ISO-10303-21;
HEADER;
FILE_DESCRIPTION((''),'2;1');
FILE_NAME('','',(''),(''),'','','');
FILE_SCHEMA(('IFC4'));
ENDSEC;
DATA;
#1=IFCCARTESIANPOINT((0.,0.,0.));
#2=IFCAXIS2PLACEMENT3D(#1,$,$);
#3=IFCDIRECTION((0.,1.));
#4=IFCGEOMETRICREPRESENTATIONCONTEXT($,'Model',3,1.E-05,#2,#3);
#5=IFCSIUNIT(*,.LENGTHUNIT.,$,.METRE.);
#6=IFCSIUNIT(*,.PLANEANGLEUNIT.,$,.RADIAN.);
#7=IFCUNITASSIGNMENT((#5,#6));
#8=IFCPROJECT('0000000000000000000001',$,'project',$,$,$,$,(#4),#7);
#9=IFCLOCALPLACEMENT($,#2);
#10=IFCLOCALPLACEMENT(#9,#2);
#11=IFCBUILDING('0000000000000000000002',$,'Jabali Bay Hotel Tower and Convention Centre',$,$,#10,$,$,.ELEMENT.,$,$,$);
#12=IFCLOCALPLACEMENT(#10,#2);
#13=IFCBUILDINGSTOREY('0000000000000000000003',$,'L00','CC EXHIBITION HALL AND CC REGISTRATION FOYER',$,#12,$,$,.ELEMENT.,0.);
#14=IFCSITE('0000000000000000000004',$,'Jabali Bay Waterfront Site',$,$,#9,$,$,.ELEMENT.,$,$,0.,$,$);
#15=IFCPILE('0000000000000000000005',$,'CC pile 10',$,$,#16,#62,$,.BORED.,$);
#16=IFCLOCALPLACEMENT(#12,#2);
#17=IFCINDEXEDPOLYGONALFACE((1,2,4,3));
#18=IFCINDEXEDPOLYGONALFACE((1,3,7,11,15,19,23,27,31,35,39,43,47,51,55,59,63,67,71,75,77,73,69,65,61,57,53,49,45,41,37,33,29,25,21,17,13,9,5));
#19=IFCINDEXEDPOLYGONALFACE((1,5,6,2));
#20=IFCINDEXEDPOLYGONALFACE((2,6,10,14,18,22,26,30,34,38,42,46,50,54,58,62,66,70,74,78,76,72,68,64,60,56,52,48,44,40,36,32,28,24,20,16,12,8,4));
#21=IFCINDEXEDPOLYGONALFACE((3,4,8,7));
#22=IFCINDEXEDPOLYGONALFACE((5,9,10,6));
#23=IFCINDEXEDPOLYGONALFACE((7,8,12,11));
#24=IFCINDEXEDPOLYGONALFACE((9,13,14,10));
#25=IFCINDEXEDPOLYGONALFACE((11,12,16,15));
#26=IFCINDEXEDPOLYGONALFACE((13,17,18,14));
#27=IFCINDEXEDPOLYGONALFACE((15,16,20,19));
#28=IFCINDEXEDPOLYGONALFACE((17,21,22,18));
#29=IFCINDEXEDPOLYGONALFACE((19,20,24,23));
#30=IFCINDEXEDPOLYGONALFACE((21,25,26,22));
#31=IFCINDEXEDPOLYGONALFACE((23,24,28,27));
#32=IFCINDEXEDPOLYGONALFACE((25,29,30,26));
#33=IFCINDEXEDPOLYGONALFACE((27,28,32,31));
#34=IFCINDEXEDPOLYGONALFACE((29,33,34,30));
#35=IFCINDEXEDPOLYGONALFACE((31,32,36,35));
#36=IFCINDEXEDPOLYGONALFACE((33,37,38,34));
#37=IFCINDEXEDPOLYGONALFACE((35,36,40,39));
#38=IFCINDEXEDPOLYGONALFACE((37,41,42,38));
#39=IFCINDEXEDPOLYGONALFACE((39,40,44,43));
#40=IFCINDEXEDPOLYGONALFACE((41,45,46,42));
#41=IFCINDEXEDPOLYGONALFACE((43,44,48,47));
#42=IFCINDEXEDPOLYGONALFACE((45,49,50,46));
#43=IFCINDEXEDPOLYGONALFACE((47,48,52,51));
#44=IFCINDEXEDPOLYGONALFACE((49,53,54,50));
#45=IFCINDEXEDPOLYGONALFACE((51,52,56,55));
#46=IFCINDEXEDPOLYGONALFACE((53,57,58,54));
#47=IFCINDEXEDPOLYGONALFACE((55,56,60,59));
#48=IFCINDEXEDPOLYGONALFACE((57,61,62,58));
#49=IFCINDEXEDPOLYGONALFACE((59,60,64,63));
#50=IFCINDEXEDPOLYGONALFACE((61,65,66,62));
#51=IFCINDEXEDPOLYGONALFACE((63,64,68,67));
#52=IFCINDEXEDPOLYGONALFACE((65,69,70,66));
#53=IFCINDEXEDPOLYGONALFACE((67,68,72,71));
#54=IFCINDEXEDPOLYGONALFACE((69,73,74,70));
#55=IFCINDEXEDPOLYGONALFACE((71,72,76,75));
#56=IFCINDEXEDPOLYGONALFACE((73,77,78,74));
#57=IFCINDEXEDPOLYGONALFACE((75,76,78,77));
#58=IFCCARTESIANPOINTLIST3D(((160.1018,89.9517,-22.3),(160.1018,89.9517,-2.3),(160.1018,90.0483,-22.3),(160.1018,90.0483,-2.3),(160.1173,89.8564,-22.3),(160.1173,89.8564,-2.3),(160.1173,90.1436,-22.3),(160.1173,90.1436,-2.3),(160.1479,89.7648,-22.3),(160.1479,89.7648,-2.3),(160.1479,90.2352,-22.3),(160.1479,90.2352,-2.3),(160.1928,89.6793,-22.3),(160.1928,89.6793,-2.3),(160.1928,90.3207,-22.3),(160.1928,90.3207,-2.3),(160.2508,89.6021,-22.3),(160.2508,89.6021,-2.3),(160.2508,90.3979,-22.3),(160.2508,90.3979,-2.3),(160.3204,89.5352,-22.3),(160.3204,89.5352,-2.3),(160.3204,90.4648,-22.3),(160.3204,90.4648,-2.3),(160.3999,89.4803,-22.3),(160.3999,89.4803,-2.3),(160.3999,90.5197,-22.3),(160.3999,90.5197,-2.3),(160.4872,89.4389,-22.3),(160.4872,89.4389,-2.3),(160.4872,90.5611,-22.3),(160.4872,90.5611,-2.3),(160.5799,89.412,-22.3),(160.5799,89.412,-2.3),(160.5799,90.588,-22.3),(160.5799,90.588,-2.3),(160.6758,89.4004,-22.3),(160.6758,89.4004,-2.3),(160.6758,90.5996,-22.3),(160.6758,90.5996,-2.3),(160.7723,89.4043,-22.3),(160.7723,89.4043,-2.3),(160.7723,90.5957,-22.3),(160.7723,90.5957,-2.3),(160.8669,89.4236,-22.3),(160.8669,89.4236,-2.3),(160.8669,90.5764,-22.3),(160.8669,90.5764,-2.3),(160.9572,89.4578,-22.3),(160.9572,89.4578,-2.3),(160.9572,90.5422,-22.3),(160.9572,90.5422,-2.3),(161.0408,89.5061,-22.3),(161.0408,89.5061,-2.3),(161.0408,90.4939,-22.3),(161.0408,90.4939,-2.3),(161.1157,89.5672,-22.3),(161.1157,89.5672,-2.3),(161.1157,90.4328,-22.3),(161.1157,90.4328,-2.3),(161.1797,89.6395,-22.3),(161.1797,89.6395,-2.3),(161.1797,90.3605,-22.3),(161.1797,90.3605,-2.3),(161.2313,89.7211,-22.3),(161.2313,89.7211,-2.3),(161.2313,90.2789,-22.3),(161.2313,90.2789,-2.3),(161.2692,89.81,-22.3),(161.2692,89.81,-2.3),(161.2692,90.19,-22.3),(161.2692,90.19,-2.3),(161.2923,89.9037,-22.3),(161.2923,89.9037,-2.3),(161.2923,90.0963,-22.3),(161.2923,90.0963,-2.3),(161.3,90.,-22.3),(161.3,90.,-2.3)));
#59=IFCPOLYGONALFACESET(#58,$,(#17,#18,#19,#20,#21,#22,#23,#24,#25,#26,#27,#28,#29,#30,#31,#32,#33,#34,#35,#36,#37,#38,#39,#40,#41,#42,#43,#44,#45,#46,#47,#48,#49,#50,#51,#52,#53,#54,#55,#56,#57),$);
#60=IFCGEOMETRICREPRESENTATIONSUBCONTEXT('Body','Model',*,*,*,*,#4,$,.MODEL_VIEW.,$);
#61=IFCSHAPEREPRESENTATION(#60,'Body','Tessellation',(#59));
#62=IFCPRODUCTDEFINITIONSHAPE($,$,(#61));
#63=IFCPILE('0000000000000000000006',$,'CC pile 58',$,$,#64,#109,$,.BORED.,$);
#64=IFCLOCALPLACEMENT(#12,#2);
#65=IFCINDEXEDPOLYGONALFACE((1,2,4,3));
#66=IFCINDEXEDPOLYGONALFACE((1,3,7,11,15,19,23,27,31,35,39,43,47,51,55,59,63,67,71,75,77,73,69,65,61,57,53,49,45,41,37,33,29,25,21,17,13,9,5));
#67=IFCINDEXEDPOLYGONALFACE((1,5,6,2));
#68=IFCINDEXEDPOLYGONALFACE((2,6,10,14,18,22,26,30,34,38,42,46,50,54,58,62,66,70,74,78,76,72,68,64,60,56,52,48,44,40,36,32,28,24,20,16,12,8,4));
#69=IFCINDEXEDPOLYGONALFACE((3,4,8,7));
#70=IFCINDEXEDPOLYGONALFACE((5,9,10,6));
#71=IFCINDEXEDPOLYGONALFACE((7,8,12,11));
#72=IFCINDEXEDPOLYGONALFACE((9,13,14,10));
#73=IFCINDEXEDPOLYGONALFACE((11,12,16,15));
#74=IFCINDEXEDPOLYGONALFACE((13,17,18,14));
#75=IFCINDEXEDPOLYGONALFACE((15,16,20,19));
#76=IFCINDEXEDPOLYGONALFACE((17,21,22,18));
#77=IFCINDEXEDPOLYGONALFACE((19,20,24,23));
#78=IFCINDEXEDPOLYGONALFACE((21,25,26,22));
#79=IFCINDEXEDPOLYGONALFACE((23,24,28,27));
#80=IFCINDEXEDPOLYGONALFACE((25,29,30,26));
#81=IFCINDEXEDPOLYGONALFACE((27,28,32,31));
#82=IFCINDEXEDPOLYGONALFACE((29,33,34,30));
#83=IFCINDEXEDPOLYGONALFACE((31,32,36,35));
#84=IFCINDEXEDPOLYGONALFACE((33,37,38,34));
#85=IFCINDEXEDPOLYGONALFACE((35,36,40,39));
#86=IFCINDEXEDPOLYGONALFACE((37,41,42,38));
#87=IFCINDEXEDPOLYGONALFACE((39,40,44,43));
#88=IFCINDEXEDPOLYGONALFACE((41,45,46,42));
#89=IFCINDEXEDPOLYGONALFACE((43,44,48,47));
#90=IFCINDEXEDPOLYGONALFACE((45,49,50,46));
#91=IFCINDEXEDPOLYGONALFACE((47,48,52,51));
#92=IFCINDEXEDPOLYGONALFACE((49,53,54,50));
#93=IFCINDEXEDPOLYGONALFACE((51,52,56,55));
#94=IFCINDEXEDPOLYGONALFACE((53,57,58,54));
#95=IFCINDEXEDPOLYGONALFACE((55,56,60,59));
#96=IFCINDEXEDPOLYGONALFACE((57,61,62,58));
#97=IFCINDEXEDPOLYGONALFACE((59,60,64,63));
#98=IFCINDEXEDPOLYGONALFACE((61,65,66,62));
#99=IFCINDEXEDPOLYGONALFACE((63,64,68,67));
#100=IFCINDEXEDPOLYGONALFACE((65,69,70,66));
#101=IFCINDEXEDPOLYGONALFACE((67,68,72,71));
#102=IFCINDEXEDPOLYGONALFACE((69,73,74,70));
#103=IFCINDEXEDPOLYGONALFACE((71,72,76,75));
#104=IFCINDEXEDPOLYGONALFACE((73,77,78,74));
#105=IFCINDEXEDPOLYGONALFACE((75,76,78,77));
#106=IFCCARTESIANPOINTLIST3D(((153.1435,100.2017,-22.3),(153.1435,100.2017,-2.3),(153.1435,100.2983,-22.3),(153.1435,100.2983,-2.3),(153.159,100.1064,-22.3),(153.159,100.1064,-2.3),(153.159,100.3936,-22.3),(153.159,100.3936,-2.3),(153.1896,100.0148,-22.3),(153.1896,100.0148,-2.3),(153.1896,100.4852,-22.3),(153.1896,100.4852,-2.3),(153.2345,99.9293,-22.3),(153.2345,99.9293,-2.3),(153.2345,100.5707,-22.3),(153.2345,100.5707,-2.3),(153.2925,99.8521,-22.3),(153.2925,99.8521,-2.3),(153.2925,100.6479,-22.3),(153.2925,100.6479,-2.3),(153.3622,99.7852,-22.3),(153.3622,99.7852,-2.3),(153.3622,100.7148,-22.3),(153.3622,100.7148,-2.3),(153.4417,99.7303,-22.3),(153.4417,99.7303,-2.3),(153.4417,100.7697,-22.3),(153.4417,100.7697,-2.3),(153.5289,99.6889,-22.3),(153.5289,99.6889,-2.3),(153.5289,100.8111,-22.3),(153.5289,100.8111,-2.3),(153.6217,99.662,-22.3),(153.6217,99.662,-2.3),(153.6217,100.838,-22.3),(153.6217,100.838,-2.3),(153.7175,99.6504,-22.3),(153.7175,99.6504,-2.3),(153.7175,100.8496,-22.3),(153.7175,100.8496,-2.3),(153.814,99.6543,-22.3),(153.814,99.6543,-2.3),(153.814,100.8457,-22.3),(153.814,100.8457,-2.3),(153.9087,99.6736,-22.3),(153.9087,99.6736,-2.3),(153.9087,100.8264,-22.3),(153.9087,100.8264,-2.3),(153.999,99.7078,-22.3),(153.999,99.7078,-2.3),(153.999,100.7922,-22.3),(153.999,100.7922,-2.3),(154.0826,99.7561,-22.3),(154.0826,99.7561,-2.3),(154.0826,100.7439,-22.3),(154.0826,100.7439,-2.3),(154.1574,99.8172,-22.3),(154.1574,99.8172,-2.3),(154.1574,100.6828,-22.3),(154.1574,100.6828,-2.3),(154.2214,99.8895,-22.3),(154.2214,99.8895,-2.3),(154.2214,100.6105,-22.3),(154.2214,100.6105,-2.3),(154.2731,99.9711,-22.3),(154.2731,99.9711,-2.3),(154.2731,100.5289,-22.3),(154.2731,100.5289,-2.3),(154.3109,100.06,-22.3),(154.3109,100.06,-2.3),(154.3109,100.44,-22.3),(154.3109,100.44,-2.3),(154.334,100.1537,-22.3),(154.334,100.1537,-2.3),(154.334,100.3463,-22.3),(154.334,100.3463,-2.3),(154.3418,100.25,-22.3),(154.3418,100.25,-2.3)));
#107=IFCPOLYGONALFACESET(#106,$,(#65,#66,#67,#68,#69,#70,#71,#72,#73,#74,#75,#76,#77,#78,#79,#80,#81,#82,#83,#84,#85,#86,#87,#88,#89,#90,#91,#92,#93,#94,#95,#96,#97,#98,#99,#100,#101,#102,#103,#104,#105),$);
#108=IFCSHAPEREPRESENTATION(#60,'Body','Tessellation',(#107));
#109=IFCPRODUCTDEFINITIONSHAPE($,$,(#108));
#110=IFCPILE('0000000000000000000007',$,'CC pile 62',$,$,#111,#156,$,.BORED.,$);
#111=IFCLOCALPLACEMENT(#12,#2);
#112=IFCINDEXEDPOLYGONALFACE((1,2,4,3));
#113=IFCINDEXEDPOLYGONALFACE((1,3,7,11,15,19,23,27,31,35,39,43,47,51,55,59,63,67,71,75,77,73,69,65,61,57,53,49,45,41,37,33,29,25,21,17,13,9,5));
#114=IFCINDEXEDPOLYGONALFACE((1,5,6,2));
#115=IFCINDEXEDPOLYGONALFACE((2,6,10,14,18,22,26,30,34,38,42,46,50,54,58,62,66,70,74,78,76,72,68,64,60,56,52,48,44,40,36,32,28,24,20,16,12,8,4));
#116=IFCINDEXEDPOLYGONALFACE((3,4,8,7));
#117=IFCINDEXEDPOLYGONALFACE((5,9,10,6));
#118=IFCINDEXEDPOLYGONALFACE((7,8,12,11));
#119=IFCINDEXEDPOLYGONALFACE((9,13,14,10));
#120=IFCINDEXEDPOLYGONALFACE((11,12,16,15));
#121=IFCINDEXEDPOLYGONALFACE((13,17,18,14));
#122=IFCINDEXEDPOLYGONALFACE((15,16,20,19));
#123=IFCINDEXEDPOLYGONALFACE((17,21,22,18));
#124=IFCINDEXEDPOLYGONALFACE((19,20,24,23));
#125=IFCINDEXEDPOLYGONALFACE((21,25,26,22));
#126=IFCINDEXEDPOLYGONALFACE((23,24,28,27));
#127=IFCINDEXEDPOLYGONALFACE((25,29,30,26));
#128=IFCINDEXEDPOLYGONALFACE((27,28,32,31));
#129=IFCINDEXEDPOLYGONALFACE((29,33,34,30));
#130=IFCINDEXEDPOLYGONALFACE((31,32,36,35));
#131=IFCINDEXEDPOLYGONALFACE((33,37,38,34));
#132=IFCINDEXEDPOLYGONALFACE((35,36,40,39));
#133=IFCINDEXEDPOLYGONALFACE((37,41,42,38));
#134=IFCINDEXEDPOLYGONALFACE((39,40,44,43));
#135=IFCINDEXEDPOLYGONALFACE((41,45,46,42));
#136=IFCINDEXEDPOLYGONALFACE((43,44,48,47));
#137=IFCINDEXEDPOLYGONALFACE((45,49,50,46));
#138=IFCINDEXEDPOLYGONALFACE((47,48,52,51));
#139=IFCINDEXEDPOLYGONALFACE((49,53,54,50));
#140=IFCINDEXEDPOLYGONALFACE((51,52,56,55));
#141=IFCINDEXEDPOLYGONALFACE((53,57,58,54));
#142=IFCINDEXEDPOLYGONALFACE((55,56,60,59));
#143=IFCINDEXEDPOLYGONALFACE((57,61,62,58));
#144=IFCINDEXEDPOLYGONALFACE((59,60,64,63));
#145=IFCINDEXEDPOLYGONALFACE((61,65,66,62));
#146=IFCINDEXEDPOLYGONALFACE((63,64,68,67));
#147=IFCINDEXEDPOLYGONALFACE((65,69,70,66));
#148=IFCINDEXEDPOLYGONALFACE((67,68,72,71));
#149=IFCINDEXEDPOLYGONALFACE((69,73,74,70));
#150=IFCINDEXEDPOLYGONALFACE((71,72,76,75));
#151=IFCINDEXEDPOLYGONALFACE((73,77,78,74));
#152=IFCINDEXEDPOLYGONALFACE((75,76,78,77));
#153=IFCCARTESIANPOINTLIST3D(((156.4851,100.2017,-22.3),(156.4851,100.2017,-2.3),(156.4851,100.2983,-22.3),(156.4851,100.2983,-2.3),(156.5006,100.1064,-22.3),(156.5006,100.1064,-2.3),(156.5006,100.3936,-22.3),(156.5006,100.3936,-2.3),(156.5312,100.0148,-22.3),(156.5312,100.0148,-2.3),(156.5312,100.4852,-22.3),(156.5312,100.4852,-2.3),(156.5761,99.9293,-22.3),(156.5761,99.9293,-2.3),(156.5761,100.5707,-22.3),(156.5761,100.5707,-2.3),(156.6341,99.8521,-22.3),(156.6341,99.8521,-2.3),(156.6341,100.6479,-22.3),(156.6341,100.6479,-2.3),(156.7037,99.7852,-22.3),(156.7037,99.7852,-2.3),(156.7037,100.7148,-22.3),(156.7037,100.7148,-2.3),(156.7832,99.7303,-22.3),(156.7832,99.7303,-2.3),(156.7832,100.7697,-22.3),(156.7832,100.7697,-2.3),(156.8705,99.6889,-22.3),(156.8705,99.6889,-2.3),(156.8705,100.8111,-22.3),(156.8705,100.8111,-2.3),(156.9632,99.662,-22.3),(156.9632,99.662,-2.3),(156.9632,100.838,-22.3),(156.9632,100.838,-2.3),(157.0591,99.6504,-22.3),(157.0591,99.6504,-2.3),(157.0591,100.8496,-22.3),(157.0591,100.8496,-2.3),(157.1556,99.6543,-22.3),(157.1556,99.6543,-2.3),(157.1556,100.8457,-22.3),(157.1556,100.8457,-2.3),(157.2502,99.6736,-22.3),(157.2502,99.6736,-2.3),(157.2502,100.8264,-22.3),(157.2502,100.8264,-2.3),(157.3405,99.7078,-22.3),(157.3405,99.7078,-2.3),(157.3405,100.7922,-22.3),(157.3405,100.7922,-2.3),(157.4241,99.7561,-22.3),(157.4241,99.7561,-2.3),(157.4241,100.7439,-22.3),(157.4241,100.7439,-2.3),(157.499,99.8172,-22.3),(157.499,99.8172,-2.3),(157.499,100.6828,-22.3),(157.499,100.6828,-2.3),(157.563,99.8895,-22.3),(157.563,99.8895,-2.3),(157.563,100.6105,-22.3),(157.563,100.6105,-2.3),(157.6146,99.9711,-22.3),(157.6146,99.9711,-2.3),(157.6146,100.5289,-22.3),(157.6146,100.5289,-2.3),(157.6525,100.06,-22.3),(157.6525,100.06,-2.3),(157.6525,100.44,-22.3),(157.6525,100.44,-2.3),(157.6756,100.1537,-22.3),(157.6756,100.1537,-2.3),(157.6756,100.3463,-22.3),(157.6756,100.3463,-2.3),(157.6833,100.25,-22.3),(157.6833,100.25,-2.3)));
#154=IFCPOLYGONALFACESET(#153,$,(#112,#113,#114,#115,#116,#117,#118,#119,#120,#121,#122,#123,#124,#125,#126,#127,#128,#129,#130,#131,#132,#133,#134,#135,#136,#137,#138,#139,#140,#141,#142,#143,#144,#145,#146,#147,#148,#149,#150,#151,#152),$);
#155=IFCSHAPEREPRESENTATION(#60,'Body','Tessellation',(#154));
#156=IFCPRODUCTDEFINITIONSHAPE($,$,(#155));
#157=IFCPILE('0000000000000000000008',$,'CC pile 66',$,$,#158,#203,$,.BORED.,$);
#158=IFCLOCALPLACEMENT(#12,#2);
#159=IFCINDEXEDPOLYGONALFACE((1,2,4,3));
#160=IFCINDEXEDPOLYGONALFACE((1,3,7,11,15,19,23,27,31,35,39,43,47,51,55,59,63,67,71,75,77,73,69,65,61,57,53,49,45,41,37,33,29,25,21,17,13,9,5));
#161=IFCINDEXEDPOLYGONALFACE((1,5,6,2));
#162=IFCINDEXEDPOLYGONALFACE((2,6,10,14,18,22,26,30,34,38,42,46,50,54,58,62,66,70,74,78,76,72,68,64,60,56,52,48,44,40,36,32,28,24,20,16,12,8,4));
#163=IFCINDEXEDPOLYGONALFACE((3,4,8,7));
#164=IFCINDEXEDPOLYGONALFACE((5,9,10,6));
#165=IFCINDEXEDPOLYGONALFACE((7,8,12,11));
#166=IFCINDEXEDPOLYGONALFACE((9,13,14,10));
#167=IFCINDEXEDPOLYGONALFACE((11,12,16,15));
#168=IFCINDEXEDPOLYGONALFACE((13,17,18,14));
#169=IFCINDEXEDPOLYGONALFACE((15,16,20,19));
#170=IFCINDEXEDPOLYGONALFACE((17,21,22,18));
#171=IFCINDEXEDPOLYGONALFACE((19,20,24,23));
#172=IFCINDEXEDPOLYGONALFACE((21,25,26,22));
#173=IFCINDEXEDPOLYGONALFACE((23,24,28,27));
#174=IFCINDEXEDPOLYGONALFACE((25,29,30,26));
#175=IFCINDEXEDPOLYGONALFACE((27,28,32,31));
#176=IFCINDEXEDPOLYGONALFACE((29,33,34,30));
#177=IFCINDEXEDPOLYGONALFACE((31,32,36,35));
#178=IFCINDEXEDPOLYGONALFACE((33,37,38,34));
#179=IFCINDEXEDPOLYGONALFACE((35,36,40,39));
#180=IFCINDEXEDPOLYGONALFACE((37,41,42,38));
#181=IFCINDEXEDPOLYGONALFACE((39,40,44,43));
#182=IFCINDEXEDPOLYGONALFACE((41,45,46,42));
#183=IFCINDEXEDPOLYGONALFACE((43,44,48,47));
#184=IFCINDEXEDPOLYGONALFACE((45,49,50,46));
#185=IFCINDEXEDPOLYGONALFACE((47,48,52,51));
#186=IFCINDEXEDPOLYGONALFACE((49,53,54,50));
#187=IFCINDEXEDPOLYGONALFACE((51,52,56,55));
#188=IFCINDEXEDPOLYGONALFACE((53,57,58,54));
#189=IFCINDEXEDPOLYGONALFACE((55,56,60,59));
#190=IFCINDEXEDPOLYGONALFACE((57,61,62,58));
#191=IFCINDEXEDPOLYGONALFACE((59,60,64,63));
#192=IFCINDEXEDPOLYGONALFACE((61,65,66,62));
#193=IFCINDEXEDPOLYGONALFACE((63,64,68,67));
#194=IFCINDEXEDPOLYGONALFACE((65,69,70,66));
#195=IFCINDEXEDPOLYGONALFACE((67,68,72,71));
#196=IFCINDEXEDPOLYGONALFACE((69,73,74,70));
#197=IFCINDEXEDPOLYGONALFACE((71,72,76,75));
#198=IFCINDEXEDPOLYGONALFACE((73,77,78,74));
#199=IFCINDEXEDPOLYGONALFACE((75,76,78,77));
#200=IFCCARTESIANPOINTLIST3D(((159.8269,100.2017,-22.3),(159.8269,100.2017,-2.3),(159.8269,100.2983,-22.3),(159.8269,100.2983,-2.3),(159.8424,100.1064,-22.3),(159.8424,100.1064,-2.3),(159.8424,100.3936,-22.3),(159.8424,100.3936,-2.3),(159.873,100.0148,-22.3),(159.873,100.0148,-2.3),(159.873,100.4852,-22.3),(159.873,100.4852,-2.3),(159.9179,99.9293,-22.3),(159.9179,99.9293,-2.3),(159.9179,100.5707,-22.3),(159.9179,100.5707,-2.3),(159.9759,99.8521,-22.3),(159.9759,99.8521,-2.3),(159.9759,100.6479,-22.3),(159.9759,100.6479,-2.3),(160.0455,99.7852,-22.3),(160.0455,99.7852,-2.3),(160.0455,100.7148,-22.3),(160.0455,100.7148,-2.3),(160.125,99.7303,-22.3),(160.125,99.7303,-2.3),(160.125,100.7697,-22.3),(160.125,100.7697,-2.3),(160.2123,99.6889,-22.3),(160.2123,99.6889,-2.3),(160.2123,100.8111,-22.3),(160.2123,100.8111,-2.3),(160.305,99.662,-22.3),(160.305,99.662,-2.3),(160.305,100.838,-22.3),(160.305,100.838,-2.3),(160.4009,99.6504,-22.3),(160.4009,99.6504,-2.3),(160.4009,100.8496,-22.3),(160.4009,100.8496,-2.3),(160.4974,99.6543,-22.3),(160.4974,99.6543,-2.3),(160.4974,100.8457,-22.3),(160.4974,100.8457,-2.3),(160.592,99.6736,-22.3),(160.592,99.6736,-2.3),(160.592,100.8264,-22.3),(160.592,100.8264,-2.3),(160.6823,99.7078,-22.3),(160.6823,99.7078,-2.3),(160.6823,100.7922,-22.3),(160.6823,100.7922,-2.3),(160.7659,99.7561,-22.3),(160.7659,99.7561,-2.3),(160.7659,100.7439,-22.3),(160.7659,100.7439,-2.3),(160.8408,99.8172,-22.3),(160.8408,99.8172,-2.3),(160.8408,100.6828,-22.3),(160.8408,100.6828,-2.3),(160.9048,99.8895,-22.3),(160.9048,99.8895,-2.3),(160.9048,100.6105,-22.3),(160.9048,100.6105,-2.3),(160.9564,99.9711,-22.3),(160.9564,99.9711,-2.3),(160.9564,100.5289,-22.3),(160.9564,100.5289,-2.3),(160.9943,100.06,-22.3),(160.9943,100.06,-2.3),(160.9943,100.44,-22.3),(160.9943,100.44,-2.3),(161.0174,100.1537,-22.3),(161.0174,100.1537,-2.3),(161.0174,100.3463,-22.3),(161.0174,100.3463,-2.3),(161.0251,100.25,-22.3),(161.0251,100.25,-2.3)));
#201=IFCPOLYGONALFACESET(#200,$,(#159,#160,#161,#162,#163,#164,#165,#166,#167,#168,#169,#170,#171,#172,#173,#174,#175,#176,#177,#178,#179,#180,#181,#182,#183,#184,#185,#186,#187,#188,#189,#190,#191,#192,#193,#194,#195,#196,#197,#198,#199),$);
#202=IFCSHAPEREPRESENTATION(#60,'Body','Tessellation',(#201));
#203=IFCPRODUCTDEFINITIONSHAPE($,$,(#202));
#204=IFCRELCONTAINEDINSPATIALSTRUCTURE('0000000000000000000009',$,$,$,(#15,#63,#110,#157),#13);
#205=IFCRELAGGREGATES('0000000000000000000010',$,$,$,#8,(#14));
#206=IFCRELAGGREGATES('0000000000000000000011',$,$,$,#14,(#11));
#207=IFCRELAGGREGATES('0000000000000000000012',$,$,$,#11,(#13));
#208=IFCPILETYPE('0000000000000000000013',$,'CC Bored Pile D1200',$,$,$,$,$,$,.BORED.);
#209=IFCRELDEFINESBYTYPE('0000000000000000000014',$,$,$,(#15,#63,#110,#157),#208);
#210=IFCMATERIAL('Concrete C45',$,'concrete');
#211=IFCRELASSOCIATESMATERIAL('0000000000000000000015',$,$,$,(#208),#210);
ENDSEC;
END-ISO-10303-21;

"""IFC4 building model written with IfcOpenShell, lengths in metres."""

from ifc_helpers import new_model, si_unit, direction, frame, origin, origin_2d, place, context, subcontext, project, spatial, circle, extrude, material, material_profile, profile_set, type_object, element, save


model = new_model("IFC4")

# Units and contexts
model_context = context("Model", 3, precision=1e-05, world=origin(), true_north=direction((0.0, 1.0)))
body_context = subcontext(model_context, "Body", "Model", "MODEL_VIEW")
ifc_project = project(units=[si_unit("LENGTHUNIT", "METRE"), si_unit("PLANEANGLEUNIT", "RADIAN")], contexts=[model_context])

# Site, building, storey
site_placement = place(None, origin())
site = spatial("IfcSite", under=ifc_project, at=site_placement, Name="Jabali Bay Waterfront Site", CompositionType="ELEMENT", RefElevation=0.0)
building_placement = place(site_placement, origin())
building = spatial("IfcBuilding", under=site, at=building_placement, Name="Jabali Bay Hotel Tower and Convention Centre", CompositionType="ELEMENT")
storey_placement = place(building_placement, origin())
storey = spatial("IfcBuildingStorey", under=building, at=storey_placement, Name="L00", Description="CC EXHIBITION HALL AND CC REGISTRATION FOYER", CompositionType="ELEMENT", Elevation=0.0)

# Piles
ifc_material_1 = material(Name="Concrete C45", Category="concrete")
ifc_material_profile_1 = material_profile(ifc_material_1, circle(Radius=0.6001, at=origin_2d()), Name="D1200")
ifc_profile_set_1 = profile_set([ifc_material_profile_1], Name="Concrete C45")
pile_type = type_object("IfcPileType", Name="CC Bored Pile D1200", PredefinedType="BORED", material=ifc_profile_set_1)
for number, where, z_axis, x_axis, name in (
    (1, (160.7, 90.0, -2.3), (0.0, 0.0, -1.0), (1.0, 0.0, 0.0), "CC pile 10"),
    (2, (153.7417, 100.25, -2.3), (0.0, 0.0, -1.0), (1.0, 0.0, 0.0), "CC pile 58"),
    (3, (157.0833, 100.25, -2.3), (0.0, 0.0, -1.0), (1.0, 0.0, 0.0), "CC pile 62"),
    (4, (160.425, 100.25, -2.3), (0.0, 0.0, -1.0), (1.0, 0.0, 0.0), "CC pile 66"),
):
    element("IfcPile", number, at=place(storey_placement, frame(where, z_axis=z_axis, x_axis=x_axis)), inside=storey, type_object=pile_type, Name=name, PredefinedType="BORED", context=body_context, shape_type="SweptSolid", body=[
        extrude(circle(Radius=0.6001, at=origin_2d()), origin(), (0.0, 0.0, 1.0), 20.0),
    ])

save(model, "model.ifc")
